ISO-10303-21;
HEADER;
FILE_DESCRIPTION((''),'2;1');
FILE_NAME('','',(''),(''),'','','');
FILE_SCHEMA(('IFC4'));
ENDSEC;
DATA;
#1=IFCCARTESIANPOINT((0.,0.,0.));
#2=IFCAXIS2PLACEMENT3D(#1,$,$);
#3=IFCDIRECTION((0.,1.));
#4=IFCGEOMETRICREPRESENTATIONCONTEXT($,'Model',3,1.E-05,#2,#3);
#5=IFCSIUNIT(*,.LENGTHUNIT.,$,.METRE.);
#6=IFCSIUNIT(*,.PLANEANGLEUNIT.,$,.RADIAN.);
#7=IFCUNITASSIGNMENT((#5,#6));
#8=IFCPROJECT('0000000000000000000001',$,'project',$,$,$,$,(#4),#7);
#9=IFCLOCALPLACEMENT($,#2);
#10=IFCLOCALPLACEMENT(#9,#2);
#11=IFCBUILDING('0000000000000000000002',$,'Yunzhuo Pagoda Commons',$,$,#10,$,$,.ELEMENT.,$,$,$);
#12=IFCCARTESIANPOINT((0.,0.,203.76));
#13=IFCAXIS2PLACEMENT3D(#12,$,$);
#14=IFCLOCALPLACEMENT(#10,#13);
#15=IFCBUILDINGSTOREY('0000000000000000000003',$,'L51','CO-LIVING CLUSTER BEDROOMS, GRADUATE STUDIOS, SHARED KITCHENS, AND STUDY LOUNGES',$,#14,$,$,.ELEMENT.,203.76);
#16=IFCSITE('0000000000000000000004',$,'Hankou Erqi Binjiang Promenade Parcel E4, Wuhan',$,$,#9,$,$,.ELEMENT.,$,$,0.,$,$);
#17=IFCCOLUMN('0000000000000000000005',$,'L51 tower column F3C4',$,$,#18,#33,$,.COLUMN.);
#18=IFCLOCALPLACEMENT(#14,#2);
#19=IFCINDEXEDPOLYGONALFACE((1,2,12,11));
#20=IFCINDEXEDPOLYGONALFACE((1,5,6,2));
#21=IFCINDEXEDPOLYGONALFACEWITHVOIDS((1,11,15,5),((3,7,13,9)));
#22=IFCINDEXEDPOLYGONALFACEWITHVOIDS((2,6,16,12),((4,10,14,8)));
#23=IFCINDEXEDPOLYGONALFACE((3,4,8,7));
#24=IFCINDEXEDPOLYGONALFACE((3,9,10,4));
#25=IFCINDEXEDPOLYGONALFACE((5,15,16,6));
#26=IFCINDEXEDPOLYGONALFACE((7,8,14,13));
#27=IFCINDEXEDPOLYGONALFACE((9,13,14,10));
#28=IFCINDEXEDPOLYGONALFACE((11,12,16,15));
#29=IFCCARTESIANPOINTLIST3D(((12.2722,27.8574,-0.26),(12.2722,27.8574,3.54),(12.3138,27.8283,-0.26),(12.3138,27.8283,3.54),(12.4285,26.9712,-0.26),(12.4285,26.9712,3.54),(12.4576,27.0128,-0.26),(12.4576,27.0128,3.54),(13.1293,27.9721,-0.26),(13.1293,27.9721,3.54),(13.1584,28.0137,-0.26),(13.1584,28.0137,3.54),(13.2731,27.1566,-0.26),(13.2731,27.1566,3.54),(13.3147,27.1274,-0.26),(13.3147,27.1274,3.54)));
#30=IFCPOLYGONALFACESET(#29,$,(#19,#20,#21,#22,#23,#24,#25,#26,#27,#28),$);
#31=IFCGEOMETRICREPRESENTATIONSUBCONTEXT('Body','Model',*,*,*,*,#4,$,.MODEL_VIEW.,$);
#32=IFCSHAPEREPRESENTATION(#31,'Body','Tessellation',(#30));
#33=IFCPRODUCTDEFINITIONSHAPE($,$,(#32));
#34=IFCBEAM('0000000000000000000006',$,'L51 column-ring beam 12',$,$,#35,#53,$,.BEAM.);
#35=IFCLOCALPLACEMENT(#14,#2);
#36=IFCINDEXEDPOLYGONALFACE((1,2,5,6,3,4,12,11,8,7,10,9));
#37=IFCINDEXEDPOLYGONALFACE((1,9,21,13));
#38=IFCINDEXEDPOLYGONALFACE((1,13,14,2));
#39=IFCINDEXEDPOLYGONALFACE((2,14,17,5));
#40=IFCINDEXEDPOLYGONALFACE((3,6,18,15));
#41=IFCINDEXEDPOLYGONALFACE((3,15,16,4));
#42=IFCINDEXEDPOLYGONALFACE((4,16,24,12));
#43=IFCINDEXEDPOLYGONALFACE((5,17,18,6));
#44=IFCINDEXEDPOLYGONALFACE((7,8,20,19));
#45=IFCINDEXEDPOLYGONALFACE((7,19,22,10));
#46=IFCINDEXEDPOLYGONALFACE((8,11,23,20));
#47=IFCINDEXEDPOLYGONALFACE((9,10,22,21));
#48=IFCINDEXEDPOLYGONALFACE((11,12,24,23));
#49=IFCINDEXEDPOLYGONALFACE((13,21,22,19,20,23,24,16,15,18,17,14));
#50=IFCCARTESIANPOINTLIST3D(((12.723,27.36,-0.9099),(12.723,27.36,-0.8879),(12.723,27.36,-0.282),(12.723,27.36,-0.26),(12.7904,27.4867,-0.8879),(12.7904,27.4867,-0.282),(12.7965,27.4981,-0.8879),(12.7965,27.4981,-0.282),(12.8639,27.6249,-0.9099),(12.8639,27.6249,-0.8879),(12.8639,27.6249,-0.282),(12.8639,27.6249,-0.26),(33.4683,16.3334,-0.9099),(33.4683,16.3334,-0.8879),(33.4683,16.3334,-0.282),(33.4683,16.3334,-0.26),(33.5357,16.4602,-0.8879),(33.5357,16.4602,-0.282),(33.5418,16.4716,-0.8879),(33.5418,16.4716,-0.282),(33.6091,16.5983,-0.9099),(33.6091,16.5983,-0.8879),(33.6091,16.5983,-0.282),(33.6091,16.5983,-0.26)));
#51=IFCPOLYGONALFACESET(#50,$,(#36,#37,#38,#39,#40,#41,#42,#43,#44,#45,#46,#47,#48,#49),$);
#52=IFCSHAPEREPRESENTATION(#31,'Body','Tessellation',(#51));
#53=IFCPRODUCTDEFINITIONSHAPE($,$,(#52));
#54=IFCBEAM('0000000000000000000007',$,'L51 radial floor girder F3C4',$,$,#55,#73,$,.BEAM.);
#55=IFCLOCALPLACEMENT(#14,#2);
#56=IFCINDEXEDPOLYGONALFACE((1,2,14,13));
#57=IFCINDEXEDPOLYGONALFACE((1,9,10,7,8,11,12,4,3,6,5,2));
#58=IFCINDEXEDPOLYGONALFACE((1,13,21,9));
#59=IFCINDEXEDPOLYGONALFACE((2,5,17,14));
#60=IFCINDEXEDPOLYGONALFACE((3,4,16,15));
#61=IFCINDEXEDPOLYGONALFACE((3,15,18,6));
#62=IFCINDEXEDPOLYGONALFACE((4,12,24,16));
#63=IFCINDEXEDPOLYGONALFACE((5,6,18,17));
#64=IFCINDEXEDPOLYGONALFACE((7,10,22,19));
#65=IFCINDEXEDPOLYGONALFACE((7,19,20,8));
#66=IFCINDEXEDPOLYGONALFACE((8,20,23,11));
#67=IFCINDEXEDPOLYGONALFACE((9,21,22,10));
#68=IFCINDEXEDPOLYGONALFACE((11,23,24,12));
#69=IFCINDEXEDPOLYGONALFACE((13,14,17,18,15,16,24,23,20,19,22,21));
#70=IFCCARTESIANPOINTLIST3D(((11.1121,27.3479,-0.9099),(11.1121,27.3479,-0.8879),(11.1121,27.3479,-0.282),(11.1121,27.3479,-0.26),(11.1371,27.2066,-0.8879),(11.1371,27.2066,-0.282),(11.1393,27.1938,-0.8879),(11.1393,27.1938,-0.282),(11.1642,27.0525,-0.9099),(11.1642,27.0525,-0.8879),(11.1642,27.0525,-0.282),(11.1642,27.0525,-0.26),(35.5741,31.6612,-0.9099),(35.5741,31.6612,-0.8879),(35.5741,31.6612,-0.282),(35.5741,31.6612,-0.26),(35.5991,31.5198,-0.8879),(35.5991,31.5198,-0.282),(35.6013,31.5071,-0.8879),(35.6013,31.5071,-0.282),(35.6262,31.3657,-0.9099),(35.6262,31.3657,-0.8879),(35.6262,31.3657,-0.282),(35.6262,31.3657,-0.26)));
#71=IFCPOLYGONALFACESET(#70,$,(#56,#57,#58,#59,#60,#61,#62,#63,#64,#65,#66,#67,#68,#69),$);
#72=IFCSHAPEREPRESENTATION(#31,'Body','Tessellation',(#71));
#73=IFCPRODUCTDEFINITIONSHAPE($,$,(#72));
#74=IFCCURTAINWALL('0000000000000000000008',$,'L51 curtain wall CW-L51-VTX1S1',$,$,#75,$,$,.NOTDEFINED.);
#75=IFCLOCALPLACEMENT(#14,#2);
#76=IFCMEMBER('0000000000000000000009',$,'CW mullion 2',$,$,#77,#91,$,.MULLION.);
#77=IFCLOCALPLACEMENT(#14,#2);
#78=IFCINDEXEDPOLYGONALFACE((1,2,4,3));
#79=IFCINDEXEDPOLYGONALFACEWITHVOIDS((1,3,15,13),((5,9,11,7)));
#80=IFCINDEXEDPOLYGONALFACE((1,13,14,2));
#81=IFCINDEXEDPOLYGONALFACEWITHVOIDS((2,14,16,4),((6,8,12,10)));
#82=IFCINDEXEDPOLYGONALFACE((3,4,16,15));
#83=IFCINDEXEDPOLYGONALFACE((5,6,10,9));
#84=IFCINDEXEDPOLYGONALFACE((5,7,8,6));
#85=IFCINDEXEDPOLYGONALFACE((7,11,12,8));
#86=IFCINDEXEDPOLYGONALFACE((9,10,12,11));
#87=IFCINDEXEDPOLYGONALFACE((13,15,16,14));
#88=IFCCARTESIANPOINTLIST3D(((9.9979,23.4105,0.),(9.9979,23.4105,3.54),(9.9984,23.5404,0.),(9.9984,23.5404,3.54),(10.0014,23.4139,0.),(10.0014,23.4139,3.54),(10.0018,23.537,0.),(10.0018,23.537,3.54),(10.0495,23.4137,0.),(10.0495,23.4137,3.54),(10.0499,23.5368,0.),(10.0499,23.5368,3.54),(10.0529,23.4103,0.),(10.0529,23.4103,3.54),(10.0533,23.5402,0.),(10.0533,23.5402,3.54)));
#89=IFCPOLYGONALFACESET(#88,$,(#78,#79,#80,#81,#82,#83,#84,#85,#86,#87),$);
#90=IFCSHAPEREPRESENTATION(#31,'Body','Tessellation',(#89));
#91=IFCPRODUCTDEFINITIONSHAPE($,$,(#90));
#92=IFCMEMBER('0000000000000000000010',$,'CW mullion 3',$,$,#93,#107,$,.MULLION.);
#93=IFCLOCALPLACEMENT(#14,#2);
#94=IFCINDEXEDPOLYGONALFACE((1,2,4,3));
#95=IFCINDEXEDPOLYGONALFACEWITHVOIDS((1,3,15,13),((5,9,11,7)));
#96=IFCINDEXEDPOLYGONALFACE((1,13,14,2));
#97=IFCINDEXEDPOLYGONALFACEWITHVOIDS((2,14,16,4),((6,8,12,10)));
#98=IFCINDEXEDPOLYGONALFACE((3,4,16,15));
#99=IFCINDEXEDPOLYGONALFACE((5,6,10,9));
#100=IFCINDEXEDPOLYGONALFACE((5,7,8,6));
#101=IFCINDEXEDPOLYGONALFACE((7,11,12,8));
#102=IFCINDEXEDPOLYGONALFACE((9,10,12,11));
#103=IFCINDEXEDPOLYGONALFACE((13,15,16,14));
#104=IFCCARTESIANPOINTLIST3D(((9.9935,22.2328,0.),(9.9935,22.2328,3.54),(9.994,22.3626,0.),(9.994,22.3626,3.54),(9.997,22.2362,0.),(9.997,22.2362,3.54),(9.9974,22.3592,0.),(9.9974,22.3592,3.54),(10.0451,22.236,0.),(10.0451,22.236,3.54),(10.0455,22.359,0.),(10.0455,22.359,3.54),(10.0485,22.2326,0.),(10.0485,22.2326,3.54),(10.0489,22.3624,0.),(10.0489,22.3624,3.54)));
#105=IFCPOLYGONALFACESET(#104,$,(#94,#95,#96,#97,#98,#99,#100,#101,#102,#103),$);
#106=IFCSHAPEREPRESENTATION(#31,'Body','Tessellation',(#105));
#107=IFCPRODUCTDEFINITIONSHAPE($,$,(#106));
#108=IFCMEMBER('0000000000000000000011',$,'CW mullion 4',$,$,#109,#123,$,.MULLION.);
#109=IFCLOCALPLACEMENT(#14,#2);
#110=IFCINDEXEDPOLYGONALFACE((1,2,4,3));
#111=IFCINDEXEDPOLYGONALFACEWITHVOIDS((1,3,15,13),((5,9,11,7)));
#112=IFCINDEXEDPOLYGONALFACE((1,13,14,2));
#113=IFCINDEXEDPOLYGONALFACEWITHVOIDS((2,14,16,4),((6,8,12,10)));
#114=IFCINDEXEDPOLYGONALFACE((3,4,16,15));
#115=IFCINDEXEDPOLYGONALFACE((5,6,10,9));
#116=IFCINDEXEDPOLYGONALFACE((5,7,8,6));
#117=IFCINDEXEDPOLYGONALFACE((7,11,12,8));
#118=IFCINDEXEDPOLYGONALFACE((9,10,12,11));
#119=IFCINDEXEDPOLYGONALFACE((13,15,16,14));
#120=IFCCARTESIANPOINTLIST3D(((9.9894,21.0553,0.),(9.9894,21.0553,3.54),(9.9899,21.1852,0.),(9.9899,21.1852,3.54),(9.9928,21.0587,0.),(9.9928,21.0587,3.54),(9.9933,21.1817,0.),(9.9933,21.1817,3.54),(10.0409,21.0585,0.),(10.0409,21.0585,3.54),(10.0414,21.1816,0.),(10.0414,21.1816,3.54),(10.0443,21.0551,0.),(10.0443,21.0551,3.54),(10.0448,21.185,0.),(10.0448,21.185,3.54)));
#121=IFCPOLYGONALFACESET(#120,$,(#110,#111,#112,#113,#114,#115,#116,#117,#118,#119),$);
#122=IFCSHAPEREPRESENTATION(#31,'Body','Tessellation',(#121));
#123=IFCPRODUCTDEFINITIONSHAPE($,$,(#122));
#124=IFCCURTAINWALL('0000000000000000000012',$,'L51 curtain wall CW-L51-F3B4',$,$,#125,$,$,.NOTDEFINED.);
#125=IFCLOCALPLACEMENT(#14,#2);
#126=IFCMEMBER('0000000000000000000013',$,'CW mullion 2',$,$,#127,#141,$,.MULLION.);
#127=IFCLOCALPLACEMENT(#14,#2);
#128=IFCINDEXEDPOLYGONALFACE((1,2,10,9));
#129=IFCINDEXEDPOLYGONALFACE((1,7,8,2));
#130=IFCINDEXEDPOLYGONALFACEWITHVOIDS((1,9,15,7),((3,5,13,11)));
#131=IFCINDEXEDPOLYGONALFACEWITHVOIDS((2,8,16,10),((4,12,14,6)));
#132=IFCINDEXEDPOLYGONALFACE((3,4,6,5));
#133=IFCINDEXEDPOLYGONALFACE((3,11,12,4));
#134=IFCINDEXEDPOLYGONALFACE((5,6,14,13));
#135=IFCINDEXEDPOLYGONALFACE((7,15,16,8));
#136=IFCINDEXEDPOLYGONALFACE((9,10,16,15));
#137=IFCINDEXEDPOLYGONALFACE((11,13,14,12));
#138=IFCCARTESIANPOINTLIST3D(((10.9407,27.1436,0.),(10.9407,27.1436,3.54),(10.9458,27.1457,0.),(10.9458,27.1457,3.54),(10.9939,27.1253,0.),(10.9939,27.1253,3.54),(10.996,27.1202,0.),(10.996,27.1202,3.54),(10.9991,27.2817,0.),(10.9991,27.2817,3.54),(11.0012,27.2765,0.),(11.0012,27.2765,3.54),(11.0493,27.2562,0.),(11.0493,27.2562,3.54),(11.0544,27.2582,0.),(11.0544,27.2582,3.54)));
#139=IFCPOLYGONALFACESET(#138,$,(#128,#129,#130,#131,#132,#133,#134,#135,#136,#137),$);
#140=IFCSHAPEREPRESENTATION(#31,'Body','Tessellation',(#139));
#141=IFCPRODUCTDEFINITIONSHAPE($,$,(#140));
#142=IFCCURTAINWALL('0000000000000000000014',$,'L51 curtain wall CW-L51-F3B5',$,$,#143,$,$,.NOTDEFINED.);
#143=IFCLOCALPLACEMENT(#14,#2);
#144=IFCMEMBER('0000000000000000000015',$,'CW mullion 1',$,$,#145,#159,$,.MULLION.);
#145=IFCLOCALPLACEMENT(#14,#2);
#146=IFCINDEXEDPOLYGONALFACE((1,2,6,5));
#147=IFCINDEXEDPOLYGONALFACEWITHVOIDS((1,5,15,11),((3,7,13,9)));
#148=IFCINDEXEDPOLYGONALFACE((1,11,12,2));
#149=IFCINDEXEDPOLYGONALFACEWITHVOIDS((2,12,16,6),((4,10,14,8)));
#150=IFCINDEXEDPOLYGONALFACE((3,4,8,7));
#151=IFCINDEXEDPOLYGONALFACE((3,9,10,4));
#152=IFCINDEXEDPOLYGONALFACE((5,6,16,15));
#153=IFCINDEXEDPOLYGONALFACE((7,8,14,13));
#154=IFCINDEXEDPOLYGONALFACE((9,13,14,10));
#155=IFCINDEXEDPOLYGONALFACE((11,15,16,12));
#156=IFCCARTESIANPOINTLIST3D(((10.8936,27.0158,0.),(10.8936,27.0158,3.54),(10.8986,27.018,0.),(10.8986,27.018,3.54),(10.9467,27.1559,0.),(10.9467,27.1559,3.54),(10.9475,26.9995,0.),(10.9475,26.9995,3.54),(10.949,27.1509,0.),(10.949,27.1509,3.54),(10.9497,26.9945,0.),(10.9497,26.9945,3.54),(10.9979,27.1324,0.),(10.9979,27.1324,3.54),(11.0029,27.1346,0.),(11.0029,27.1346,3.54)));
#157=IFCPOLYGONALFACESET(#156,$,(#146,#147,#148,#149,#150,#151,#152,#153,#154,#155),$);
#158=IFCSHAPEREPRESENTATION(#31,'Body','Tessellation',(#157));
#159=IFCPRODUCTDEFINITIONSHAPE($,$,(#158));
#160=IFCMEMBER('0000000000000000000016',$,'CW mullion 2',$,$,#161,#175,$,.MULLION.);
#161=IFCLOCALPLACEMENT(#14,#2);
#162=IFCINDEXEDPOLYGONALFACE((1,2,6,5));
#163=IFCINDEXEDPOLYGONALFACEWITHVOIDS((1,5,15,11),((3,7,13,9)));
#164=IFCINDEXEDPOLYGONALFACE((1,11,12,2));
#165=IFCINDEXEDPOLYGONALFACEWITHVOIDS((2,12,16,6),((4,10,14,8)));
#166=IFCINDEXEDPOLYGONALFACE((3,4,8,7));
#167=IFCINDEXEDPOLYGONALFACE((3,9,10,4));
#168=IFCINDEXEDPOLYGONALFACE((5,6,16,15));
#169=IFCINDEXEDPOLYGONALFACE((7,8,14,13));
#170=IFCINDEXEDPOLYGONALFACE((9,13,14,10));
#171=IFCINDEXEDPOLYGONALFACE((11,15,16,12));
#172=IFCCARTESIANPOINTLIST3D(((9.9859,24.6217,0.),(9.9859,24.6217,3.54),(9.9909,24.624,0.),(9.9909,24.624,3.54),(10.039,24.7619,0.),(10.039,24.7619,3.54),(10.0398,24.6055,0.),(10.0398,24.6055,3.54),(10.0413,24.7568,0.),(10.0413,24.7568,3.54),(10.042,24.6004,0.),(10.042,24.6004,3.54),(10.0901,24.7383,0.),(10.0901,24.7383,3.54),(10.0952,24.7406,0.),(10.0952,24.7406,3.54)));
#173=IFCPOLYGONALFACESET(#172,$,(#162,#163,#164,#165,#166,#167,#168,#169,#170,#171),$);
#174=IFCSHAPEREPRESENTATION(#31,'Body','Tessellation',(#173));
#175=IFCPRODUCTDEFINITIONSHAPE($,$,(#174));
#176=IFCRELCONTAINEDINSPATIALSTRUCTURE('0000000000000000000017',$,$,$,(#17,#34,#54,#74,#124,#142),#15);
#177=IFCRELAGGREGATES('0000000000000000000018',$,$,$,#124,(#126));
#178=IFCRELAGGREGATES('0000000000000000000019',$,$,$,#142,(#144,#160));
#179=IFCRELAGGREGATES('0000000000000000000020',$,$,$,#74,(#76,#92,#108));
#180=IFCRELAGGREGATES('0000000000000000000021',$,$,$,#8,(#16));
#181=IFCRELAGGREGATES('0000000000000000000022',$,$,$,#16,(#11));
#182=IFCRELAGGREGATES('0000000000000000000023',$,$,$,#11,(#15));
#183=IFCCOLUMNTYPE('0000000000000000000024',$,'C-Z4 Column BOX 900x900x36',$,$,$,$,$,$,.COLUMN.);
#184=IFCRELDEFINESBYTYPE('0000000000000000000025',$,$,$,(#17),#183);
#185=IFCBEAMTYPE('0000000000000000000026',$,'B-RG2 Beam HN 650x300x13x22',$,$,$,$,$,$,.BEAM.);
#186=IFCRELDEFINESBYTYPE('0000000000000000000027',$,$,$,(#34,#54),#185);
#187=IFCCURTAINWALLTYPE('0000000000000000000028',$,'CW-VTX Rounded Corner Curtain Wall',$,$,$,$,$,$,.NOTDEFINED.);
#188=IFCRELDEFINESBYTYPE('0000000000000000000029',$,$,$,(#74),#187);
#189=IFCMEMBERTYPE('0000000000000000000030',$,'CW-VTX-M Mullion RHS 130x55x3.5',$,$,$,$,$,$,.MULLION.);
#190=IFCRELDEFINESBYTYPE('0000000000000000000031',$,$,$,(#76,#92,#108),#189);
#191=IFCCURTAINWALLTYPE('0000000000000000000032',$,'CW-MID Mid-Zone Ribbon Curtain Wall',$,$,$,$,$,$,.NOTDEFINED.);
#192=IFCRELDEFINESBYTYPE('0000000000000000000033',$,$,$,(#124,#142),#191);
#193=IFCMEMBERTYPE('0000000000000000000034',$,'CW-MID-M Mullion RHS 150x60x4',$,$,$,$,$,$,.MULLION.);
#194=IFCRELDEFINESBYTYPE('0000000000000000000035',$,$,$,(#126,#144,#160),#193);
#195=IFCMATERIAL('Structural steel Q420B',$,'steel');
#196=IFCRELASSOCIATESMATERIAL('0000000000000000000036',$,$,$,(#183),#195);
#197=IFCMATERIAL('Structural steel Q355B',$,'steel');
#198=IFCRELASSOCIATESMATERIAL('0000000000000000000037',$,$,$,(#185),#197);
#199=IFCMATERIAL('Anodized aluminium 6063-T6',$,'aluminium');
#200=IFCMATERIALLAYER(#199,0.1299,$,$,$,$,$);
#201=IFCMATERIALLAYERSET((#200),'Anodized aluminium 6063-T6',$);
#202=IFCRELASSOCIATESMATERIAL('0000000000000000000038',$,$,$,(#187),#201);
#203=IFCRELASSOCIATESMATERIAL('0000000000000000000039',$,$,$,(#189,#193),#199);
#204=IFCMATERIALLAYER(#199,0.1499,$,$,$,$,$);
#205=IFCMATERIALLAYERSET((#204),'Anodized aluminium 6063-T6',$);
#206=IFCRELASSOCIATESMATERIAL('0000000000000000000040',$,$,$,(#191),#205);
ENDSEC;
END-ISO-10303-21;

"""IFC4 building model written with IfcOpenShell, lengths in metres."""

from ifc_helpers import new_model, si_unit, direction, frame, origin, origin_2d, place, context, subcontext, project, spatial, hollow_rectangle, i_section, extrude, source, transform, mapped, material, layer, layer_set, material_profile, profile_set, type_object, element, aggregate, save


model = new_model("IFC4")

# Units and contexts
model_context = context("Model", 3, precision=1e-05, world=origin(), true_north=direction((0.0, 1.0)))
body_context = subcontext(model_context, "Body", "Model", "MODEL_VIEW")
ifc_project = project(units=[si_unit("LENGTHUNIT", "METRE"), si_unit("PLANEANGLEUNIT", "RADIAN")], contexts=[model_context])

# Site, building, storey
site_placement = place(None, origin())
site = spatial("IfcSite", under=ifc_project, at=site_placement, Name="Hankou Erqi Binjiang Promenade Parcel E4, Wuhan", CompositionType="ELEMENT", RefElevation=0.0)
building_placement = place(site_placement, origin())
building = spatial("IfcBuilding", under=site, at=building_placement, Name="Yunzhuo Pagoda Commons", CompositionType="ELEMENT")
storey_placement = place(building_placement, frame((0.0, 0.0, 203.76)))
storey = spatial("IfcBuildingStorey", under=building, at=storey_placement, Name="L51", Description="CO-LIVING CLUSTER BEDROOMS, GRADUATE STUDIOS, SHARED KITCHENS, AND STUDY LOUNGES", CompositionType="ELEMENT", Elevation=203.76)

# Column
ifc_material_1 = material(Name="Structural steel Q420B", Category="steel")
ifc_material_profile_1 = material_profile(ifc_material_1, hollow_rectangle(XDim=0.8999, YDim=0.8999, WallThickness=0.0359, at=origin_2d()), Name="Structural steel Q420B")
ifc_profile_set_1 = profile_set([ifc_material_profile_1], Name="Structural steel Q420B")
column_type = type_object("IfcColumnType", Name="C-Z4 Column BOX 900x900x36", PredefinedType="COLUMN", material=ifc_profile_set_1)
shared_shape_1 = source(origin(), body_context, "Body", "SweptSolid", [
    extrude(hollow_rectangle(XDim=0.8999, YDim=0.8999, WallThickness=0.0359, at=origin_2d()), origin(), (0.0, 0.0, 1.0), 3.8),
])
column_placement = place(storey_placement, frame((12.7935, 27.4924, -0.26), z_axis=(0.0, 0.0, 1.0), x_axis=(0.173648, -0.984808, 0.0)))
element("IfcColumn", 1, at=column_placement, inside=storey, type_object=column_type, Name="L51 tower column F3C4", PredefinedType="COLUMN", context=body_context, shape_type="MappedRepresentation", body=[
    mapped(shared_shape_1, transform((0.0, 0.0, 0.0), scale=1.0)),
])

# Beams
ifc_material_2 = material(Name="Structural steel Q355B", Category="steel")
ifc_material_profile_2 = material_profile(ifc_material_2, i_section(OverallWidth=0.3, OverallDepth=0.6499, WebThickness=0.0129, FlangeThickness=0.022, at=origin_2d()), Name="Structural steel Q355B")
ifc_profile_set_2 = profile_set([ifc_material_profile_2], Name="Structural steel Q355B")
beam_type = type_object("IfcBeamType", Name="B-RG2 Beam HN 650x300x13x22", PredefinedType="BEAM", material=ifc_profile_set_2)
shared_shape_2 = source(origin(), body_context, "Body", "SweptSolid", [
    extrude(i_section(OverallWidth=0.3, OverallDepth=0.6499, WebThickness=0.0129, FlangeThickness=0.022, at=origin_2d()), origin(), (0.0, 0.0, 1.0), 23.4937),
])
beam_1_placement = place(storey_placement, frame((12.7935, 27.4924, -0.585), z_axis=(0.883016, -0.469342, 0.0), x_axis=(0.469342, 0.883016, 0.0)))
element("IfcBeam", 2, at=beam_1_placement, inside=storey, type_object=beam_type, Name="L51 column-ring beam 12", PredefinedType="BEAM", context=body_context, shape_type="MappedRepresentation", body=[
    mapped(shared_shape_2, transform((0.0, 0.0, 0.0), scale=1.0)),
])
shared_shape_3 = source(origin(), body_context, "Body", "SweptSolid", [
    extrude(i_section(OverallWidth=0.3, OverallDepth=0.6499, WebThickness=0.0129, FlangeThickness=0.022, at=origin_2d()), origin(), (0.0, 0.0, 1.0), 24.8394),
])
beam_2_placement = place(storey_placement, frame((11.1382, 27.2002, -0.585), z_axis=(0.984808, 0.173646, 0.0), x_axis=(-0.173646, 0.984808, 0.0)))
element("IfcBeam", 3, at=beam_2_placement, inside=storey, type_object=beam_type, Name="L51 radial floor girder F3C4", PredefinedType="BEAM", context=body_context, shape_type="MappedRepresentation", body=[
    mapped(shared_shape_3, transform((0.0, 0.0, 0.0), scale=1.0)),
])

# Curtain wall, members
ifc_material_3 = material(Name="Anodized aluminium 6063-T6", Category="aluminium")
ifc_layer_1 = layer(ifc_material_3, 0.1299)
ifc_layer_set_1 = layer_set([ifc_layer_1], Name="Anodized aluminium 6063-T6")
curtain_wall_type_1 = type_object("IfcCurtainWallType", Name="CW-VTX Rounded Corner Curtain Wall", PredefinedType="NOTDEFINED", material=ifc_layer_set_1)
curtain_wall_1_placement = place(storey_placement, origin())
curtain_wall_1 = element("IfcCurtainWall", 4, at=curtain_wall_1_placement, inside=storey, type_object=curtain_wall_type_1, Name="L51 curtain wall CW-L51-VTX1S1", PredefinedType="NOTDEFINED")
ifc_material_profile_3 = material_profile(ifc_material_3, hollow_rectangle(XDim=0.0549, YDim=0.1299, WallThickness=0.0034, at=origin_2d()), Name="Anodized aluminium 6063-T6")
ifc_profile_set_3 = profile_set([ifc_material_profile_3], Name="Anodized aluminium 6063-T6")
member_type_1 = type_object("IfcMemberType", Name="CW-VTX-M Mullion RHS 130x55x3.5", PredefinedType="MULLION", material=ifc_profile_set_3)
shared_shape_4 = source(origin(), body_context, "Body", "SweptSolid", [
    extrude(hollow_rectangle(XDim=0.0549, YDim=0.1299, WallThickness=0.0034, at=origin_2d()), origin(), (0.0, 0.0, 1.0), 3.54),
])
member_1_placement = place(storey_placement, frame((10.0256, 23.4753, 0.0), z_axis=(0.0, 0.0, 1.0), x_axis=(0.999994, -0.003588, 0.0)))
member_1 = element("IfcMember", 5, at=member_1_placement, type_object=member_type_1, Name="CW mullion 2", PredefinedType="MULLION", context=body_context, shape_type="MappedRepresentation", body=[
    mapped(shared_shape_4, transform((0.0, 0.0, 0.0), scale=1.0)),
])
member_2_placement = place(storey_placement, frame((10.0212, 22.2976, 0.0), z_axis=(0.0, 0.0, 1.0), x_axis=(0.999994, -0.003588, 0.0)))
member_2 = element("IfcMember", 6, at=member_2_placement, type_object=member_type_1, Name="CW mullion 3", PredefinedType="MULLION", context=body_context, shape_type="MappedRepresentation", body=[
    mapped(shared_shape_4, transform((0.0, 0.0, 0.0), scale=1.0)),
])
member_3_placement = place(storey_placement, frame((10.0171, 21.1201, 0.0), z_axis=(0.0, 0.0, 1.0), x_axis=(0.999994, -0.003588, 0.0)))
member_3 = element("IfcMember", 7, at=member_3_placement, type_object=member_type_1, Name="CW mullion 4", PredefinedType="MULLION", context=body_context, shape_type="MappedRepresentation", body=[
    mapped(shared_shape_4, transform((0.0, 0.0, 0.0), scale=1.0)),
])

# Curtain wall, member
ifc_layer_2 = layer(ifc_material_3, 0.1499)
ifc_layer_set_2 = layer_set([ifc_layer_2], Name="Anodized aluminium 6063-T6")
curtain_wall_type_2 = type_object("IfcCurtainWallType", Name="CW-MID Mid-Zone Ribbon Curtain Wall", PredefinedType="NOTDEFINED", material=ifc_layer_set_2)
curtain_wall_2_placement = place(storey_placement, origin())
curtain_wall_2 = element("IfcCurtainWall", 8, at=curtain_wall_2_placement, inside=storey, type_object=curtain_wall_type_2, Name="L51 curtain wall CW-L51-F3B4", PredefinedType="NOTDEFINED")
ifc_material_profile_4 = material_profile(ifc_material_3, hollow_rectangle(XDim=0.0601, YDim=0.1499, WallThickness=0.0039, at=origin_2d()), Name="Anodized aluminium 6063-T6")
ifc_profile_set_4 = profile_set([ifc_material_profile_4], Name="Anodized aluminium 6063-T6")
member_type_2 = type_object("IfcMemberType", Name="CW-MID-M Mullion RHS 150x60x4", PredefinedType="MULLION", material=ifc_profile_set_4)
shared_shape_5 = source(origin(), body_context, "Body", "SweptSolid", [
    extrude(hollow_rectangle(XDim=0.0601, YDim=0.1499, WallThickness=0.0039, at=origin_2d()), origin(), (0.0, 0.0, 1.0), 3.54),
])
member_4_placement = place(storey_placement, frame((10.9976, 27.2009, 0.0), z_axis=(0.0, 0.0, 1.0), x_axis=(0.920824, -0.389978, 0.0)))
member_4 = element("IfcMember", 9, at=member_4_placement, type_object=member_type_2, Name="CW mullion 2", PredefinedType="MULLION", context=body_context, shape_type="MappedRepresentation", body=[
    mapped(shared_shape_5, transform((0.0, 0.0, 0.0), scale=1.0)),
])

# Curtain wall, members
curtain_wall_3_placement = place(storey_placement, origin())
curtain_wall_3 = element("IfcCurtainWall", 10, at=curtain_wall_3_placement, inside=storey, type_object=curtain_wall_type_2, Name="L51 curtain wall CW-L51-F3B5", PredefinedType="NOTDEFINED")
member_5_placement = place(storey_placement, frame((10.9482, 27.0752, 0.0), z_axis=(0.0, 0.0, 1.0), x_axis=(0.935034, -0.354559, 0.0)))
member_5 = element("IfcMember", 11, at=member_5_placement, type_object=member_type_2, Name="CW mullion 1", PredefinedType="MULLION", context=body_context, shape_type="MappedRepresentation", body=[
    mapped(shared_shape_5, transform((0.0, 0.0, 0.0), scale=1.0)),
])
member_6_placement = place(storey_placement, frame((10.0405, 24.6812, 0.0), z_axis=(0.0, 0.0, 1.0), x_axis=(0.935034, -0.354559, 0.0)))
member_6 = element("IfcMember", 12, at=member_6_placement, type_object=member_type_2, Name="CW mullion 2", PredefinedType="MULLION", context=body_context, shape_type="MappedRepresentation", body=[
    mapped(shared_shape_5, transform((0.0, 0.0, 0.0), scale=1.0)),
])

aggregate(curtain_wall_2, [member_4])
aggregate(curtain_wall_3, [member_5, member_6])
aggregate(curtain_wall_1, [member_1, member_2, member_3])

save(model, "model.ifc")
